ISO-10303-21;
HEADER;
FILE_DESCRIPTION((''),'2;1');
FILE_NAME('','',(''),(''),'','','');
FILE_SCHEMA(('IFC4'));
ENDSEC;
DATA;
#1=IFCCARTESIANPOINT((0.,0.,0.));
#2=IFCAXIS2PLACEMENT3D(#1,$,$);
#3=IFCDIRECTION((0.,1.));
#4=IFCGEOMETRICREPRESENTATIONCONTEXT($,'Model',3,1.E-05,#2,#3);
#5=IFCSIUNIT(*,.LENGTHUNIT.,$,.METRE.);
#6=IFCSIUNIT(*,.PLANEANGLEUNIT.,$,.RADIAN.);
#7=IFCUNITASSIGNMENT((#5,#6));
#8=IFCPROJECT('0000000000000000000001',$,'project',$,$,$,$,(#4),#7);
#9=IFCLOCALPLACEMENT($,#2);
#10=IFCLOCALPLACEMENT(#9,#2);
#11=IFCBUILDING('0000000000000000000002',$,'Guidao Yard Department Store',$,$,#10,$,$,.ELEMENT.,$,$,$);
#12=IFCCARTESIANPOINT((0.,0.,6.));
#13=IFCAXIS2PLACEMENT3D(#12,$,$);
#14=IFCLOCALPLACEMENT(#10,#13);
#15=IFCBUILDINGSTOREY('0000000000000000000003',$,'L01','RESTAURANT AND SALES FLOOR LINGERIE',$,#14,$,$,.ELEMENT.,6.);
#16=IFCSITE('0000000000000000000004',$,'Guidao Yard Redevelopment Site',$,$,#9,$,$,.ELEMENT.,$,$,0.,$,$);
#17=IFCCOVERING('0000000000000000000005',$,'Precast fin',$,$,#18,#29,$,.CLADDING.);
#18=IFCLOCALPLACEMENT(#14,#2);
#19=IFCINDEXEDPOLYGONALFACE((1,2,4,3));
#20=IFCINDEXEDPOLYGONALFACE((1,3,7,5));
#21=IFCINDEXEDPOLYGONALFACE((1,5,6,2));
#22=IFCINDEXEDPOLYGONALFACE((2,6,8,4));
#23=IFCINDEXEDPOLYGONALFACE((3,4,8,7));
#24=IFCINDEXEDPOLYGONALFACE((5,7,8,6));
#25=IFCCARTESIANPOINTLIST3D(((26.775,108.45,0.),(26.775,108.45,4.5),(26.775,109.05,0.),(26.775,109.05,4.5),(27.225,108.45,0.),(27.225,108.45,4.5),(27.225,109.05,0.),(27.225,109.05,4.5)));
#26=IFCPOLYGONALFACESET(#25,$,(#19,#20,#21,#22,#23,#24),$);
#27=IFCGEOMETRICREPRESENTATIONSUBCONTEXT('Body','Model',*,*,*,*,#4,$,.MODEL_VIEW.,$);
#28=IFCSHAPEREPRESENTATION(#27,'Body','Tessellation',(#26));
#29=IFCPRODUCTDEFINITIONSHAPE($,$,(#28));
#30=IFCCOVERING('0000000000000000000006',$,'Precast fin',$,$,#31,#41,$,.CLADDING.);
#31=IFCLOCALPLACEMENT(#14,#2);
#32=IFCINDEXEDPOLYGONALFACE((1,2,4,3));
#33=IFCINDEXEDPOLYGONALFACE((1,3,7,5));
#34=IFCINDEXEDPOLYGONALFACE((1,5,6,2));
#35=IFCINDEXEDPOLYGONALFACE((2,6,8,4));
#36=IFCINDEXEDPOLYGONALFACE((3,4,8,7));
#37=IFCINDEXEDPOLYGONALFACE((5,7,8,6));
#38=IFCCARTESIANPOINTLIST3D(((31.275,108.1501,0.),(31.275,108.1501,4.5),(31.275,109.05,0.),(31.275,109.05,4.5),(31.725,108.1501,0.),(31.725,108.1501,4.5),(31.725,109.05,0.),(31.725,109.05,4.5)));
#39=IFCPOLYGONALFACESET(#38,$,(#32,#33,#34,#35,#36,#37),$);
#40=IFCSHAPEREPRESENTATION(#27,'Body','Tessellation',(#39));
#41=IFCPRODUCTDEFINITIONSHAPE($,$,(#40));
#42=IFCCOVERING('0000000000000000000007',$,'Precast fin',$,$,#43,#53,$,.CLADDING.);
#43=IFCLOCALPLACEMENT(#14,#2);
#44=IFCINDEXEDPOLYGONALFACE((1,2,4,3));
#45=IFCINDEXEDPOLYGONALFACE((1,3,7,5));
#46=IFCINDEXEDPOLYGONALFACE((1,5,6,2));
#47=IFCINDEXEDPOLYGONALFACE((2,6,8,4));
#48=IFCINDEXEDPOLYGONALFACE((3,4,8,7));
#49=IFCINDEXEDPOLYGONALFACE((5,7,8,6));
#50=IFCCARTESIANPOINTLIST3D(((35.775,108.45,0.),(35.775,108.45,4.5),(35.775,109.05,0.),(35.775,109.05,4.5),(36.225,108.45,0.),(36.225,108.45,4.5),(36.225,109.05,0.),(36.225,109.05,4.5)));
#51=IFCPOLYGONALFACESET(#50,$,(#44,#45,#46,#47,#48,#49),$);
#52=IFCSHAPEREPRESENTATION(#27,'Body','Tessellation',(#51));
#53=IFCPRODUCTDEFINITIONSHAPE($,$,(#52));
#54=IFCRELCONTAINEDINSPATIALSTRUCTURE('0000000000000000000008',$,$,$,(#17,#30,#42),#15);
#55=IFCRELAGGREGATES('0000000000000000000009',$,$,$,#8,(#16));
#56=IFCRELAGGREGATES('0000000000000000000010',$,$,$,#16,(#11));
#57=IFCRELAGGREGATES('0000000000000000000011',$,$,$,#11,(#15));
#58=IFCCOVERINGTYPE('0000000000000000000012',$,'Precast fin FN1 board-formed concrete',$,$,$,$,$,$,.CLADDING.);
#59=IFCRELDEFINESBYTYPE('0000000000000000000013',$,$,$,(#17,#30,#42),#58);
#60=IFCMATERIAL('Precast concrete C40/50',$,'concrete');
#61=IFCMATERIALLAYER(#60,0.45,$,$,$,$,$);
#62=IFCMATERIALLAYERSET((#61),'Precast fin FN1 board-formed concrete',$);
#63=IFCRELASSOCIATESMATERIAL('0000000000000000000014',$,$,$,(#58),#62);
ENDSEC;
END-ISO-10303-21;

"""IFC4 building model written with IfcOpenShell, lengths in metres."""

from ifc_helpers import new_model, si_unit, direction, frame, origin, origin_2d, place, context, subcontext, project, spatial, rectangle, extrude, material, layer, layer_set, type_object, element, save


model = new_model("IFC4")

# Units and contexts
model_context = context("Model", 3, precision=1e-05, world=origin(), true_north=direction((0.0, 1.0)))
body_context = subcontext(model_context, "Body", "Model", "MODEL_VIEW")
ifc_project = project(units=[si_unit("LENGTHUNIT", "METRE"), si_unit("PLANEANGLEUNIT", "RADIAN")], contexts=[model_context])

# Site, building, storey
site_placement = place(None, origin())
site = spatial("IfcSite", under=ifc_project, at=site_placement, Name="Guidao Yard Redevelopment Site", CompositionType="ELEMENT", RefElevation=0.0)
building_placement = place(site_placement, origin())
building = spatial("IfcBuilding", under=site, at=building_placement, Name="Guidao Yard Department Store", CompositionType="ELEMENT")
storey_placement = place(building_placement, frame((0.0, 0.0, 6.0)))
storey = spatial("IfcBuildingStorey", under=building, at=storey_placement, Name="L01", Description="RESTAURANT AND SALES FLOOR LINGERIE", CompositionType="ELEMENT", Elevation=6.0)

# Coverings
ifc_material_1 = material(Name="Precast concrete C40/50", Category="concrete")
ifc_layer_1 = layer(ifc_material_1, 0.45)
ifc_layer_set_1 = layer_set([ifc_layer_1], Name="Precast fin FN1 board-formed concrete")
covering_type = type_object("IfcCoveringType", Name="Precast fin FN1 board-formed concrete", PredefinedType="CLADDING", material=ifc_layer_set_1)
covering_1_placement = place(storey_placement, frame((27.0, 108.75, 0.0), z_axis=(0.0, 0.0, 1.0), x_axis=(1.0, 0.0, 0.0)))
element("IfcCovering", 1, at=covering_1_placement, inside=storey, type_object=covering_type, Name="Precast fin", PredefinedType="CLADDING", context=body_context, shape_type="SweptSolid", body=[
    extrude(rectangle(XDim=0.45, YDim=0.6001, at=origin_2d()), origin(), (0.0, 0.0, 1.0), 4.5),
])
covering_2_placement = place(storey_placement, frame((31.5, 108.6001, 0.0), z_axis=(0.0, 0.0, 1.0), x_axis=(1.0, 0.0, 0.0)))
element("IfcCovering", 2, at=covering_2_placement, inside=storey, type_object=covering_type, Name="Precast fin", PredefinedType="CLADDING", context=body_context, shape_type="SweptSolid", body=[
    extrude(rectangle(XDim=0.45, YDim=0.8999, at=origin_2d()), origin(), (0.0, 0.0, 1.0), 4.5),
])
covering_3_placement = place(storey_placement, frame((36.0, 108.75, 0.0), z_axis=(0.0, 0.0, 1.0), x_axis=(1.0, 0.0, 0.0)))
element("IfcCovering", 3, at=covering_3_placement, inside=storey, type_object=covering_type, Name="Precast fin", PredefinedType="CLADDING", context=body_context, shape_type="SweptSolid", body=[
    extrude(rectangle(XDim=0.45, YDim=0.6001, at=origin_2d()), origin(), (0.0, 0.0, 1.0), 4.5),
])

save(model, "model.ifc")
